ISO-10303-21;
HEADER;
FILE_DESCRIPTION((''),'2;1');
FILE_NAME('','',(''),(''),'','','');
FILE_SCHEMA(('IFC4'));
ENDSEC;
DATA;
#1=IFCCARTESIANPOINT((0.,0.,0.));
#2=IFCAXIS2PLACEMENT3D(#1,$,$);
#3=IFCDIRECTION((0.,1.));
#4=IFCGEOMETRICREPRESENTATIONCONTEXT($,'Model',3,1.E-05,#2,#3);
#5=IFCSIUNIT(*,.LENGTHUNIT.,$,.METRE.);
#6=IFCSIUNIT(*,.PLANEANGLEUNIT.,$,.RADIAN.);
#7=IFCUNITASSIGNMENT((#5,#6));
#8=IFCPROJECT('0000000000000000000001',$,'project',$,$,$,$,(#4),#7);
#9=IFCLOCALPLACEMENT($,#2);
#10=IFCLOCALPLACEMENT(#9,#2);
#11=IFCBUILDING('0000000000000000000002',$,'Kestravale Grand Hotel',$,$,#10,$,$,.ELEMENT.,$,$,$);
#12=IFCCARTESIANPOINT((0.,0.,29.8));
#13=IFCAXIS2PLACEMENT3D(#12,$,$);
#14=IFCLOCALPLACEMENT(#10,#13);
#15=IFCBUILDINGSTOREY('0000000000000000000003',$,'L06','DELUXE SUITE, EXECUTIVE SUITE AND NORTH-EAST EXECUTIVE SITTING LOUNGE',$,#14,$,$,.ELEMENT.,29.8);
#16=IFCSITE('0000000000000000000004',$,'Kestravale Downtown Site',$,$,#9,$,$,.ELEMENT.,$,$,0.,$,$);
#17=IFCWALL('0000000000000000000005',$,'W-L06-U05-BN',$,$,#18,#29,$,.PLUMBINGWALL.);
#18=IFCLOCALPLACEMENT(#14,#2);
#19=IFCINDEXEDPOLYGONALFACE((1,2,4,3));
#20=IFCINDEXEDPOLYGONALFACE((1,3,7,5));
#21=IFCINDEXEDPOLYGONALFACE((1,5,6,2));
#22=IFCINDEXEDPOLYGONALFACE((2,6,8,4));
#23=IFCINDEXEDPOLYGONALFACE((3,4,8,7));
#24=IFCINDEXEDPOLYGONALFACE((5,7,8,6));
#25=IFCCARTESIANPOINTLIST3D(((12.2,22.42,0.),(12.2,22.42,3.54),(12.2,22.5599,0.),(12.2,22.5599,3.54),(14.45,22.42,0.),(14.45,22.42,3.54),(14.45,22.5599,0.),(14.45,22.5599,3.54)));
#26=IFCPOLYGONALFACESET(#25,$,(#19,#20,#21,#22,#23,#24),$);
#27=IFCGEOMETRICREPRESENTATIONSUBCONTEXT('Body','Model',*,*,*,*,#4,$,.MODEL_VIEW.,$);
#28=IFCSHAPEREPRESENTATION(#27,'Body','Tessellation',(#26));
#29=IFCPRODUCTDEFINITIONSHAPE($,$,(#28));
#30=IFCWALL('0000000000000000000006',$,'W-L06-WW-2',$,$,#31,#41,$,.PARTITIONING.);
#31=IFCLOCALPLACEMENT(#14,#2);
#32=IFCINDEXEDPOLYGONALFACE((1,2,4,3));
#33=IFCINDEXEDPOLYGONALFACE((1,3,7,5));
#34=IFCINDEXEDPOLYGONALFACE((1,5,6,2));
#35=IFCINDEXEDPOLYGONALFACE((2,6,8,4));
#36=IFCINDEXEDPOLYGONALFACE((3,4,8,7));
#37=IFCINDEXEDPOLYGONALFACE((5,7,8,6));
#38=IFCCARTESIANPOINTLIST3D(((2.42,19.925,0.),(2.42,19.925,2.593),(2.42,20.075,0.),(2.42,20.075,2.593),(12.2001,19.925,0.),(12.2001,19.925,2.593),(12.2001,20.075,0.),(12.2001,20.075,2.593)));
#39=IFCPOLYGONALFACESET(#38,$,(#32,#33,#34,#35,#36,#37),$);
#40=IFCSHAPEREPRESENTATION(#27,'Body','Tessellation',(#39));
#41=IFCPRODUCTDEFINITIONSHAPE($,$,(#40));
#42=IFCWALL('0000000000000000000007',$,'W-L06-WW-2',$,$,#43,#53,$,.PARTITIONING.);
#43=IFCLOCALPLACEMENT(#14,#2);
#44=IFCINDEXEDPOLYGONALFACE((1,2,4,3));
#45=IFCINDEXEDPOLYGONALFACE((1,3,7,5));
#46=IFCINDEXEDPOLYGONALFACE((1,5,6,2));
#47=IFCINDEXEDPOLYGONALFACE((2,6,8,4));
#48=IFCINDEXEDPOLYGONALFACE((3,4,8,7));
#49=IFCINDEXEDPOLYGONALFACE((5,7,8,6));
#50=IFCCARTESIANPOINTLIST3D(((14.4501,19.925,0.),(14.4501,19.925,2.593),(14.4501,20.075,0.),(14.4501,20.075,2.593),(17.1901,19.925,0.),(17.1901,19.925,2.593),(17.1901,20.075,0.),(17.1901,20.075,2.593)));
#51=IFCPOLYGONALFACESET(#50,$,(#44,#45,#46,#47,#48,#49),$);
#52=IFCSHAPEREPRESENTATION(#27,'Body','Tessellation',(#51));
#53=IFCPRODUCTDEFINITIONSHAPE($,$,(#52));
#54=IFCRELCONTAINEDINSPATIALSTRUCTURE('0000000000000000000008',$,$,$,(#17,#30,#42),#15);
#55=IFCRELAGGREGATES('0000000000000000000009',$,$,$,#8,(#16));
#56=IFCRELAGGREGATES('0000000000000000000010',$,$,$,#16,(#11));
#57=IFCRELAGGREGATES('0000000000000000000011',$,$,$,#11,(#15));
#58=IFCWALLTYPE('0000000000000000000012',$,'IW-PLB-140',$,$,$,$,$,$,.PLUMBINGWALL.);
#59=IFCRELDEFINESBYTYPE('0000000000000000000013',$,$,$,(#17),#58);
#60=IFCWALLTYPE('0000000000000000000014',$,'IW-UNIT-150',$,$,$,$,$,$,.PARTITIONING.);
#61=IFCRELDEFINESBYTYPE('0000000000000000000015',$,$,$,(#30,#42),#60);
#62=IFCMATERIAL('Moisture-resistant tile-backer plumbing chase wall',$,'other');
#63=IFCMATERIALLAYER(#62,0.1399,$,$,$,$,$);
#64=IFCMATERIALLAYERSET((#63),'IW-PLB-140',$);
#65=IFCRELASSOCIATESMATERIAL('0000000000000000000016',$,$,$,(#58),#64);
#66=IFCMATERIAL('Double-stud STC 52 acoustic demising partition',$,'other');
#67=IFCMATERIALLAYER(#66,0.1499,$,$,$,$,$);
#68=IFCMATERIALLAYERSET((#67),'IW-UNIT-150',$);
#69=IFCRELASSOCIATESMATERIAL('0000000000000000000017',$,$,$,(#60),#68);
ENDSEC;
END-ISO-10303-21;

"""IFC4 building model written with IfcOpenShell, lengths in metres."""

from ifc_helpers import new_model, si_unit, direction, frame, frame_2d, origin, place, context, subcontext, project, spatial, rectangle, extrude, material, layer, layer_set, type_object, element, save


model = new_model("IFC4")

# Units and contexts
model_context = context("Model", 3, precision=1e-05, world=origin(), true_north=direction((0.0, 1.0)))
body_context = subcontext(model_context, "Body", "Model", "MODEL_VIEW")
ifc_project = project(units=[si_unit("LENGTHUNIT", "METRE"), si_unit("PLANEANGLEUNIT", "RADIAN")], contexts=[model_context])

# Site, building, storey
site_placement = place(None, origin())
site = spatial("IfcSite", under=ifc_project, at=site_placement, Name="Kestravale Downtown Site", CompositionType="ELEMENT", RefElevation=0.0)
building_placement = place(site_placement, origin())
building = spatial("IfcBuilding", under=site, at=building_placement, Name="Kestravale Grand Hotel", CompositionType="ELEMENT")
storey_placement = place(building_placement, frame((0.0, 0.0, 29.8)))
storey = spatial("IfcBuildingStorey", under=building, at=storey_placement, Name="L06", Description="DELUXE SUITE, EXECUTIVE SUITE AND NORTH-EAST EXECUTIVE SITTING LOUNGE", CompositionType="ELEMENT", Elevation=29.8)

# Shared definitions
ifc_material_1 = material(Name="Moisture-resistant tile-backer plumbing chase wall", Category="other")
ifc_layer_1 = layer(ifc_material_1, 0.1399)
ifc_layer_set_1 = layer_set([ifc_layer_1], Name="IW-PLB-140")
wall_type_1 = type_object("IfcWallType", Name="IW-PLB-140", PredefinedType="PLUMBINGWALL", material=ifc_layer_set_1)

# Walls
wall_1_placement = place(storey_placement, frame((12.2, 22.49, 0.0), z_axis=(0.0, 0.0, 1.0), x_axis=(1.0, 0.0, 0.0)))
element("IfcWall", 1, at=wall_1_placement, inside=storey, type_object=wall_type_1, Name="W-L06-U05-BN", PredefinedType="PLUMBINGWALL", context=body_context, shape_type="SweptSolid", body=[
    extrude(rectangle(XDim=2.25, YDim=0.1399, at=frame_2d((1.125, 0.0))), origin(), (0.0, 0.0, 1.0), 3.54),
])
ifc_material_2 = material(Name="Double-stud STC 52 acoustic demising partition", Category="other")
ifc_layer_2 = layer(ifc_material_2, 0.1499)
ifc_layer_set_2 = layer_set([ifc_layer_2], Name="IW-UNIT-150")
wall_type_2 = type_object("IfcWallType", Name="IW-UNIT-150", PredefinedType="PARTITIONING", material=ifc_layer_set_2)
wall_2_placement = place(storey_placement, frame((2.4199, 20.0, 0.0), z_axis=(0.0, 0.0, 1.0), x_axis=(1.0, 0.0, 0.0)))
element("IfcWall", 2, at=wall_2_placement, inside=storey, type_object=wall_type_2, Name="W-L06-WW-2", PredefinedType="PARTITIONING", context=body_context, shape_type="SweptSolid", body=[
    extrude(rectangle(XDim=9.78, YDim=0.1499, at=frame_2d((4.8901, 0.0))), origin(), (0.0, 0.0, 1.0), 2.593),
])
wall_3_placement = place(storey_placement, frame((14.45, 20.0, 0.0), z_axis=(0.0, 0.0, 1.0), x_axis=(1.0, 0.0, 0.0)))
element("IfcWall", 3, at=wall_3_placement, inside=storey, type_object=wall_type_2, Name="W-L06-WW-2", PredefinedType="PARTITIONING", context=body_context, shape_type="SweptSolid", body=[
    extrude(rectangle(XDim=2.74, YDim=0.1499, at=frame_2d((1.3701, 0.0))), origin(), (0.0, 0.0, 1.0), 2.593),
])

save(model, "model.ifc")
